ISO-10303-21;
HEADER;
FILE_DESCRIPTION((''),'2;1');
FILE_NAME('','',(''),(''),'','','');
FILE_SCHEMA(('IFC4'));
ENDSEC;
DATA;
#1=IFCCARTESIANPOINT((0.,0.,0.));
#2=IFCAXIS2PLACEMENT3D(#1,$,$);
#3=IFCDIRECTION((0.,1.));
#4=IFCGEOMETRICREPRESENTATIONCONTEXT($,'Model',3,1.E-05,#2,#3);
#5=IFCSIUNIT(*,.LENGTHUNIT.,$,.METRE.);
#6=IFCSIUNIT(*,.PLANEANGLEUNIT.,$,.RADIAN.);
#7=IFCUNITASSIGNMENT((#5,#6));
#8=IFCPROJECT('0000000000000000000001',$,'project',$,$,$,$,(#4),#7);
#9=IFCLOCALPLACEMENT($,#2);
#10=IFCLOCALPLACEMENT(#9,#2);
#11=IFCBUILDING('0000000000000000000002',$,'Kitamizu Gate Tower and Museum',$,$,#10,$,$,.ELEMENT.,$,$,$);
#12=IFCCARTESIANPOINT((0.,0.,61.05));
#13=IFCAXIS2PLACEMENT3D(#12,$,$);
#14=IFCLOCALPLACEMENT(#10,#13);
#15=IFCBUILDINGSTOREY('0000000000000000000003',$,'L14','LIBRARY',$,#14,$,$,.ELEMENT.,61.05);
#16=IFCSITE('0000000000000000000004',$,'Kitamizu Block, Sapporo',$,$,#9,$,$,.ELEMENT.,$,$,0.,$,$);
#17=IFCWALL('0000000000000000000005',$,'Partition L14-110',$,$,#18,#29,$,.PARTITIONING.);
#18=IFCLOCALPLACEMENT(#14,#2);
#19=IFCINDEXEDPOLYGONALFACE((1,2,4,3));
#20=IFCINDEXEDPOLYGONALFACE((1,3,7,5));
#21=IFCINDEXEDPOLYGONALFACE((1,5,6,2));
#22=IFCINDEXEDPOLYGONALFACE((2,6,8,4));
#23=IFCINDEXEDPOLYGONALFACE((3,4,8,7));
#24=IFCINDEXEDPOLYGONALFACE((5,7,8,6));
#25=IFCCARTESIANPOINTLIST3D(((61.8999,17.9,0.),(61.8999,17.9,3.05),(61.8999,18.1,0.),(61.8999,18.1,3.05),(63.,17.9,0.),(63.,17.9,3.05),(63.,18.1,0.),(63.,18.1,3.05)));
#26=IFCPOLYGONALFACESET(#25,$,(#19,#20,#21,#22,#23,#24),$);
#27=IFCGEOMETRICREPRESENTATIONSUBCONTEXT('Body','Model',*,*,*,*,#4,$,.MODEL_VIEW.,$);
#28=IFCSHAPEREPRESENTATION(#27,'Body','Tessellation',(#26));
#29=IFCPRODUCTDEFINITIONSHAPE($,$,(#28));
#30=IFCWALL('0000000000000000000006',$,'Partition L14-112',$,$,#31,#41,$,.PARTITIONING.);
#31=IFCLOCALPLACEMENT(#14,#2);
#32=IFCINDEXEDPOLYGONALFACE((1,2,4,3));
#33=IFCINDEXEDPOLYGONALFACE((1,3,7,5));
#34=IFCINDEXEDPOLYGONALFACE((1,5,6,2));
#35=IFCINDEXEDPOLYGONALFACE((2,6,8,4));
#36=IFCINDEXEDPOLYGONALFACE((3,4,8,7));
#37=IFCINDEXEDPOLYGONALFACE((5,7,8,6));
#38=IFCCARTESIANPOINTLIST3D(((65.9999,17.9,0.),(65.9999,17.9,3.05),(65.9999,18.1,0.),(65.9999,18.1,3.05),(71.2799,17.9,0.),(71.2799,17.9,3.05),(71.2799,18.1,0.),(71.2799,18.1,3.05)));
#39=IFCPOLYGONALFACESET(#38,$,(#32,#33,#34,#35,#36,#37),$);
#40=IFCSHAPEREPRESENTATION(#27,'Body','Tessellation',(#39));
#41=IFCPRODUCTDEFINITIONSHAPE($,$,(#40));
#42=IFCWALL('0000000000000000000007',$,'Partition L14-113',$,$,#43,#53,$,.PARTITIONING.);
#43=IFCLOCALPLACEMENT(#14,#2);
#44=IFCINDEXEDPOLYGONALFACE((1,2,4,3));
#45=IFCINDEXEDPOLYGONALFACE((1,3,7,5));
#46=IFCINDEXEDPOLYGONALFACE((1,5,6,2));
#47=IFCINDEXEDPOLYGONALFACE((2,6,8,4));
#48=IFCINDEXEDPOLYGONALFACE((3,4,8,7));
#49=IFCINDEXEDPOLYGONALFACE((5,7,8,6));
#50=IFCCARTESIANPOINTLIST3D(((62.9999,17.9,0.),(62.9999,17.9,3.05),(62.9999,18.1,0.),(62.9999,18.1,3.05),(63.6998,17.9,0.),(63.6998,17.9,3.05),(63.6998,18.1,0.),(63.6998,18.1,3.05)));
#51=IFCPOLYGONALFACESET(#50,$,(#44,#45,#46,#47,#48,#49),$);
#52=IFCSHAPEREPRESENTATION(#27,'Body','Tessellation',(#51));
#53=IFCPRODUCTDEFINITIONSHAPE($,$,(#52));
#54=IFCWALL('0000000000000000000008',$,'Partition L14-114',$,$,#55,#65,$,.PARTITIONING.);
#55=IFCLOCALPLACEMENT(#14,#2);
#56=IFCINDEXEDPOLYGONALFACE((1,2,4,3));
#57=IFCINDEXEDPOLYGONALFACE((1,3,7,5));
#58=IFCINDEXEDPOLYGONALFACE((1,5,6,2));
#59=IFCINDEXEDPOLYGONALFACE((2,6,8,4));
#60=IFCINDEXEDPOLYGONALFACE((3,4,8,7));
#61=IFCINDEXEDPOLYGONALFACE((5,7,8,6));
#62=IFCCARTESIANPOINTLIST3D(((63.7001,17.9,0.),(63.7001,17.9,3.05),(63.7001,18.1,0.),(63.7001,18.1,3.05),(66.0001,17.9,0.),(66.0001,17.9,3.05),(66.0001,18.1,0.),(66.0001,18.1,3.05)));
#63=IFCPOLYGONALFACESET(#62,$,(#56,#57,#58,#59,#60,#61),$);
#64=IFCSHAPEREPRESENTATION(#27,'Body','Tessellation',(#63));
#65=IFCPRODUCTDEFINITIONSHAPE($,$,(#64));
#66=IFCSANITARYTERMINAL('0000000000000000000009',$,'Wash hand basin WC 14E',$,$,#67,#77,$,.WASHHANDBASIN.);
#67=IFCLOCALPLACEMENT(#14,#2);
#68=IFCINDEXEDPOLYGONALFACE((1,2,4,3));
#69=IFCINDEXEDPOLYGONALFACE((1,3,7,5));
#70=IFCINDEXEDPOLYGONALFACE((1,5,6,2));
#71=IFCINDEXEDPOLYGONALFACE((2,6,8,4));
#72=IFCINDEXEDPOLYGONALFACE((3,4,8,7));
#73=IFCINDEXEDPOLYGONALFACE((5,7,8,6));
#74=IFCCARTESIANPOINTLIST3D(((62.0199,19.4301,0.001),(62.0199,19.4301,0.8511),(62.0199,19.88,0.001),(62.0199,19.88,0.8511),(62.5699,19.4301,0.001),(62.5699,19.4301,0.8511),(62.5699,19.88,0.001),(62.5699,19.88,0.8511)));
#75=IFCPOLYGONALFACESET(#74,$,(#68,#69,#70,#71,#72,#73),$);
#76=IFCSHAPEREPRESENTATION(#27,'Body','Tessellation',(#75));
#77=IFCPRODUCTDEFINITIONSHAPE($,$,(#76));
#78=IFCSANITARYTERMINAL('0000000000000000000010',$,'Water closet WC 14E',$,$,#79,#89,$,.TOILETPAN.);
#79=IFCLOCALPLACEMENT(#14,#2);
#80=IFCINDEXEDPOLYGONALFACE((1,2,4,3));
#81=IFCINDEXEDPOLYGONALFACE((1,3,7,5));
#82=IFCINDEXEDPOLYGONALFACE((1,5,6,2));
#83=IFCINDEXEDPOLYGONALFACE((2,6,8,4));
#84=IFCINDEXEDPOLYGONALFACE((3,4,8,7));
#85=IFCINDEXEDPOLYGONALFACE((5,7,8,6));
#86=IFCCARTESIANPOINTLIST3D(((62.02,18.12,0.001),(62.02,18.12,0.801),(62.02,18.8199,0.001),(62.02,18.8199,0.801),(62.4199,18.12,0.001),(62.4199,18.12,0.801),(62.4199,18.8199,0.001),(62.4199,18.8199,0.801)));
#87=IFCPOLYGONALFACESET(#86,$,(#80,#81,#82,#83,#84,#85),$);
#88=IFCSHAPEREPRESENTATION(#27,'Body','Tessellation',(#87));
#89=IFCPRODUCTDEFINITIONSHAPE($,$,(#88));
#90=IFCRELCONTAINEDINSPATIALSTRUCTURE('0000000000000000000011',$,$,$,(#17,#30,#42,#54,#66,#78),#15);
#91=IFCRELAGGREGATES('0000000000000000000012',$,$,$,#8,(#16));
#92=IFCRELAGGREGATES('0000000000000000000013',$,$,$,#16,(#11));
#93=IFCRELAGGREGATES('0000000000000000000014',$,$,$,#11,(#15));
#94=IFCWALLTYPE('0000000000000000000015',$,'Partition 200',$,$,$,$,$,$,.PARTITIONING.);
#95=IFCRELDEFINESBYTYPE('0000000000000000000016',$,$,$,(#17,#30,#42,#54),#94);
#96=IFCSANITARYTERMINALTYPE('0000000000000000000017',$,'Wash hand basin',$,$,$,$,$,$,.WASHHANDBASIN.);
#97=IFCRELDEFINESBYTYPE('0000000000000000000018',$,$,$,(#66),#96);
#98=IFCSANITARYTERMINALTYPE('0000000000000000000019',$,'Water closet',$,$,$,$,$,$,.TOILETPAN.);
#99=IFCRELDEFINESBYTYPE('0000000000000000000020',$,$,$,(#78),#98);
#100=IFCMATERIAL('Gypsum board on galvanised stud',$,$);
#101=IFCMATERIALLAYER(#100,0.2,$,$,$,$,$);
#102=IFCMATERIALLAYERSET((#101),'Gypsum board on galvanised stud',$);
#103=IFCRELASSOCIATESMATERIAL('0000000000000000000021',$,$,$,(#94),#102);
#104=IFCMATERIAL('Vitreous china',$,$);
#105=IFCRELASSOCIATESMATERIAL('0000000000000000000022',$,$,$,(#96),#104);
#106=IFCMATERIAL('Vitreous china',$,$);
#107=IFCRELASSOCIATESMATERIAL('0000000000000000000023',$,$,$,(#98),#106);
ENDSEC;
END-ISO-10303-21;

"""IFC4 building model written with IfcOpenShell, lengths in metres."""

from ifc_helpers import new_model, si_unit, direction, frame, frame_2d, origin, origin_2d, place, context, subcontext, project, spatial, rectangle, extrude, material, layer, layer_set, type_object, element, save


model = new_model("IFC4")

# Units and contexts
model_context = context("Model", 3, precision=1e-05, world=origin(), true_north=direction((0.0, 1.0)))
body_context = subcontext(model_context, "Body", "Model", "MODEL_VIEW")
ifc_project = project(units=[si_unit("LENGTHUNIT", "METRE"), si_unit("PLANEANGLEUNIT", "RADIAN")], contexts=[model_context])

# Site, building, storey
site_placement = place(None, origin())
site = spatial("IfcSite", under=ifc_project, at=site_placement, Name="Kitamizu Block, Sapporo", CompositionType="ELEMENT", RefElevation=0.0)
building_placement = place(site_placement, origin())
building = spatial("IfcBuilding", under=site, at=building_placement, Name="Kitamizu Gate Tower and Museum", CompositionType="ELEMENT")
storey_placement = place(building_placement, frame((0.0, 0.0, 61.05)))
storey = spatial("IfcBuildingStorey", under=building, at=storey_placement, Name="L14", Description="LIBRARY", CompositionType="ELEMENT", Elevation=61.05)

# Walls
ifc_material_1 = material(Name="Gypsum board on galvanised stud")
ifc_layer_1 = layer(ifc_material_1, 0.2)
ifc_layer_set_1 = layer_set([ifc_layer_1], Name="Gypsum board on galvanised stud")
wall_type_1 = type_object("IfcWallType", Name="Partition 200", PredefinedType="PARTITIONING", material=ifc_layer_set_1)
wall_1_placement = place(storey_placement, frame((63.0, 18.0, 0.0), z_axis=(0.0, 0.0, 1.0), x_axis=(-1.0, 0.0, 0.0)))
element("IfcWall", 1, at=wall_1_placement, inside=storey, type_object=wall_type_1, Name="Partition L14-110", PredefinedType="PARTITIONING", context=body_context, shape_type="SweptSolid", body=[
    extrude(rectangle(XDim=1.1001, YDim=0.2, at=frame_2d((0.55, 0.0))), origin(), (0.0, 0.0, 1.0), 3.05),
])
wall_2_placement = place(storey_placement, frame((71.28, 18.0, 0.0), z_axis=(0.0, 0.0, 1.0), x_axis=(-1.0, 0.0, 0.0)))
element("IfcWall", 2, at=wall_2_placement, inside=storey, type_object=wall_type_1, Name="Partition L14-112", PredefinedType="PARTITIONING", context=body_context, shape_type="SweptSolid", body=[
    extrude(rectangle(XDim=5.28, YDim=0.2, at=frame_2d((2.6401, 0.0))), origin(), (0.0, 0.0, 1.0), 3.05),
])
wall_3_placement = place(storey_placement, frame((63.7, 18.0, 0.0), z_axis=(0.0, 0.0, 1.0), x_axis=(-1.0, 0.0, 0.0)))
element("IfcWall", 3, at=wall_3_placement, inside=storey, type_object=wall_type_1, Name="Partition L14-113", PredefinedType="PARTITIONING", context=body_context, shape_type="SweptSolid", body=[
    extrude(rectangle(XDim=0.7, YDim=0.2, at=frame_2d((0.3501, 0.0))), origin(), (0.0, 0.0, 1.0), 3.05),
])
wall_4_placement = place(storey_placement, frame((66.0, 18.0, 0.0), z_axis=(0.0, 0.0, 1.0), x_axis=(-1.0, 0.0, 0.0)))
element("IfcWall", 4, at=wall_4_placement, inside=storey, type_object=wall_type_1, Name="Partition L14-114", PredefinedType="PARTITIONING", context=body_context, shape_type="SweptSolid", body=[
    extrude(rectangle(XDim=2.3, YDim=0.2, at=frame_2d((1.1499, 0.0))), origin(), (0.0, 0.0, 1.0), 3.05),
])

# Sanitary terminals
ifc_material_2 = material(Name="Vitreous china")
sanitary_terminal_type_1 = type_object("IfcSanitaryTerminalType", Name="Wash hand basin", PredefinedType="WASHHANDBASIN", material=ifc_material_2)
sanitary_terminal_1_placement = place(storey_placement, frame((62.2949, 19.655, 0.001), z_axis=(0.0, 0.0, 1.0), x_axis=(1.0, 0.0, 0.0)))
element("IfcSanitaryTerminal", 5, at=sanitary_terminal_1_placement, inside=storey, type_object=sanitary_terminal_type_1, Name="Wash hand basin WC 14E", PredefinedType="WASHHANDBASIN", context=body_context, shape_type="SweptSolid", body=[
    extrude(rectangle(XDim=0.55, YDim=0.45, at=origin_2d()), origin(), (0.0, 0.0, 1.0), 0.8501),
])
ifc_material_3 = material(Name="Vitreous china")
sanitary_terminal_type_2 = type_object("IfcSanitaryTerminalType", Name="Water closet", PredefinedType="TOILETPAN", material=ifc_material_3)
sanitary_terminal_2_placement = place(storey_placement, frame((62.22, 18.47, 0.001), z_axis=(0.0, 0.0, 1.0), x_axis=(1.0, 0.0, 0.0)))
element("IfcSanitaryTerminal", 6, at=sanitary_terminal_2_placement, inside=storey, type_object=sanitary_terminal_type_2, Name="Water closet WC 14E", PredefinedType="TOILETPAN", context=body_context, shape_type="SweptSolid", body=[
    extrude(rectangle(XDim=0.3999, YDim=0.7, at=origin_2d()), origin(), (0.0, 0.0, 1.0), 0.8),
])

save(model, "model.ifc")
